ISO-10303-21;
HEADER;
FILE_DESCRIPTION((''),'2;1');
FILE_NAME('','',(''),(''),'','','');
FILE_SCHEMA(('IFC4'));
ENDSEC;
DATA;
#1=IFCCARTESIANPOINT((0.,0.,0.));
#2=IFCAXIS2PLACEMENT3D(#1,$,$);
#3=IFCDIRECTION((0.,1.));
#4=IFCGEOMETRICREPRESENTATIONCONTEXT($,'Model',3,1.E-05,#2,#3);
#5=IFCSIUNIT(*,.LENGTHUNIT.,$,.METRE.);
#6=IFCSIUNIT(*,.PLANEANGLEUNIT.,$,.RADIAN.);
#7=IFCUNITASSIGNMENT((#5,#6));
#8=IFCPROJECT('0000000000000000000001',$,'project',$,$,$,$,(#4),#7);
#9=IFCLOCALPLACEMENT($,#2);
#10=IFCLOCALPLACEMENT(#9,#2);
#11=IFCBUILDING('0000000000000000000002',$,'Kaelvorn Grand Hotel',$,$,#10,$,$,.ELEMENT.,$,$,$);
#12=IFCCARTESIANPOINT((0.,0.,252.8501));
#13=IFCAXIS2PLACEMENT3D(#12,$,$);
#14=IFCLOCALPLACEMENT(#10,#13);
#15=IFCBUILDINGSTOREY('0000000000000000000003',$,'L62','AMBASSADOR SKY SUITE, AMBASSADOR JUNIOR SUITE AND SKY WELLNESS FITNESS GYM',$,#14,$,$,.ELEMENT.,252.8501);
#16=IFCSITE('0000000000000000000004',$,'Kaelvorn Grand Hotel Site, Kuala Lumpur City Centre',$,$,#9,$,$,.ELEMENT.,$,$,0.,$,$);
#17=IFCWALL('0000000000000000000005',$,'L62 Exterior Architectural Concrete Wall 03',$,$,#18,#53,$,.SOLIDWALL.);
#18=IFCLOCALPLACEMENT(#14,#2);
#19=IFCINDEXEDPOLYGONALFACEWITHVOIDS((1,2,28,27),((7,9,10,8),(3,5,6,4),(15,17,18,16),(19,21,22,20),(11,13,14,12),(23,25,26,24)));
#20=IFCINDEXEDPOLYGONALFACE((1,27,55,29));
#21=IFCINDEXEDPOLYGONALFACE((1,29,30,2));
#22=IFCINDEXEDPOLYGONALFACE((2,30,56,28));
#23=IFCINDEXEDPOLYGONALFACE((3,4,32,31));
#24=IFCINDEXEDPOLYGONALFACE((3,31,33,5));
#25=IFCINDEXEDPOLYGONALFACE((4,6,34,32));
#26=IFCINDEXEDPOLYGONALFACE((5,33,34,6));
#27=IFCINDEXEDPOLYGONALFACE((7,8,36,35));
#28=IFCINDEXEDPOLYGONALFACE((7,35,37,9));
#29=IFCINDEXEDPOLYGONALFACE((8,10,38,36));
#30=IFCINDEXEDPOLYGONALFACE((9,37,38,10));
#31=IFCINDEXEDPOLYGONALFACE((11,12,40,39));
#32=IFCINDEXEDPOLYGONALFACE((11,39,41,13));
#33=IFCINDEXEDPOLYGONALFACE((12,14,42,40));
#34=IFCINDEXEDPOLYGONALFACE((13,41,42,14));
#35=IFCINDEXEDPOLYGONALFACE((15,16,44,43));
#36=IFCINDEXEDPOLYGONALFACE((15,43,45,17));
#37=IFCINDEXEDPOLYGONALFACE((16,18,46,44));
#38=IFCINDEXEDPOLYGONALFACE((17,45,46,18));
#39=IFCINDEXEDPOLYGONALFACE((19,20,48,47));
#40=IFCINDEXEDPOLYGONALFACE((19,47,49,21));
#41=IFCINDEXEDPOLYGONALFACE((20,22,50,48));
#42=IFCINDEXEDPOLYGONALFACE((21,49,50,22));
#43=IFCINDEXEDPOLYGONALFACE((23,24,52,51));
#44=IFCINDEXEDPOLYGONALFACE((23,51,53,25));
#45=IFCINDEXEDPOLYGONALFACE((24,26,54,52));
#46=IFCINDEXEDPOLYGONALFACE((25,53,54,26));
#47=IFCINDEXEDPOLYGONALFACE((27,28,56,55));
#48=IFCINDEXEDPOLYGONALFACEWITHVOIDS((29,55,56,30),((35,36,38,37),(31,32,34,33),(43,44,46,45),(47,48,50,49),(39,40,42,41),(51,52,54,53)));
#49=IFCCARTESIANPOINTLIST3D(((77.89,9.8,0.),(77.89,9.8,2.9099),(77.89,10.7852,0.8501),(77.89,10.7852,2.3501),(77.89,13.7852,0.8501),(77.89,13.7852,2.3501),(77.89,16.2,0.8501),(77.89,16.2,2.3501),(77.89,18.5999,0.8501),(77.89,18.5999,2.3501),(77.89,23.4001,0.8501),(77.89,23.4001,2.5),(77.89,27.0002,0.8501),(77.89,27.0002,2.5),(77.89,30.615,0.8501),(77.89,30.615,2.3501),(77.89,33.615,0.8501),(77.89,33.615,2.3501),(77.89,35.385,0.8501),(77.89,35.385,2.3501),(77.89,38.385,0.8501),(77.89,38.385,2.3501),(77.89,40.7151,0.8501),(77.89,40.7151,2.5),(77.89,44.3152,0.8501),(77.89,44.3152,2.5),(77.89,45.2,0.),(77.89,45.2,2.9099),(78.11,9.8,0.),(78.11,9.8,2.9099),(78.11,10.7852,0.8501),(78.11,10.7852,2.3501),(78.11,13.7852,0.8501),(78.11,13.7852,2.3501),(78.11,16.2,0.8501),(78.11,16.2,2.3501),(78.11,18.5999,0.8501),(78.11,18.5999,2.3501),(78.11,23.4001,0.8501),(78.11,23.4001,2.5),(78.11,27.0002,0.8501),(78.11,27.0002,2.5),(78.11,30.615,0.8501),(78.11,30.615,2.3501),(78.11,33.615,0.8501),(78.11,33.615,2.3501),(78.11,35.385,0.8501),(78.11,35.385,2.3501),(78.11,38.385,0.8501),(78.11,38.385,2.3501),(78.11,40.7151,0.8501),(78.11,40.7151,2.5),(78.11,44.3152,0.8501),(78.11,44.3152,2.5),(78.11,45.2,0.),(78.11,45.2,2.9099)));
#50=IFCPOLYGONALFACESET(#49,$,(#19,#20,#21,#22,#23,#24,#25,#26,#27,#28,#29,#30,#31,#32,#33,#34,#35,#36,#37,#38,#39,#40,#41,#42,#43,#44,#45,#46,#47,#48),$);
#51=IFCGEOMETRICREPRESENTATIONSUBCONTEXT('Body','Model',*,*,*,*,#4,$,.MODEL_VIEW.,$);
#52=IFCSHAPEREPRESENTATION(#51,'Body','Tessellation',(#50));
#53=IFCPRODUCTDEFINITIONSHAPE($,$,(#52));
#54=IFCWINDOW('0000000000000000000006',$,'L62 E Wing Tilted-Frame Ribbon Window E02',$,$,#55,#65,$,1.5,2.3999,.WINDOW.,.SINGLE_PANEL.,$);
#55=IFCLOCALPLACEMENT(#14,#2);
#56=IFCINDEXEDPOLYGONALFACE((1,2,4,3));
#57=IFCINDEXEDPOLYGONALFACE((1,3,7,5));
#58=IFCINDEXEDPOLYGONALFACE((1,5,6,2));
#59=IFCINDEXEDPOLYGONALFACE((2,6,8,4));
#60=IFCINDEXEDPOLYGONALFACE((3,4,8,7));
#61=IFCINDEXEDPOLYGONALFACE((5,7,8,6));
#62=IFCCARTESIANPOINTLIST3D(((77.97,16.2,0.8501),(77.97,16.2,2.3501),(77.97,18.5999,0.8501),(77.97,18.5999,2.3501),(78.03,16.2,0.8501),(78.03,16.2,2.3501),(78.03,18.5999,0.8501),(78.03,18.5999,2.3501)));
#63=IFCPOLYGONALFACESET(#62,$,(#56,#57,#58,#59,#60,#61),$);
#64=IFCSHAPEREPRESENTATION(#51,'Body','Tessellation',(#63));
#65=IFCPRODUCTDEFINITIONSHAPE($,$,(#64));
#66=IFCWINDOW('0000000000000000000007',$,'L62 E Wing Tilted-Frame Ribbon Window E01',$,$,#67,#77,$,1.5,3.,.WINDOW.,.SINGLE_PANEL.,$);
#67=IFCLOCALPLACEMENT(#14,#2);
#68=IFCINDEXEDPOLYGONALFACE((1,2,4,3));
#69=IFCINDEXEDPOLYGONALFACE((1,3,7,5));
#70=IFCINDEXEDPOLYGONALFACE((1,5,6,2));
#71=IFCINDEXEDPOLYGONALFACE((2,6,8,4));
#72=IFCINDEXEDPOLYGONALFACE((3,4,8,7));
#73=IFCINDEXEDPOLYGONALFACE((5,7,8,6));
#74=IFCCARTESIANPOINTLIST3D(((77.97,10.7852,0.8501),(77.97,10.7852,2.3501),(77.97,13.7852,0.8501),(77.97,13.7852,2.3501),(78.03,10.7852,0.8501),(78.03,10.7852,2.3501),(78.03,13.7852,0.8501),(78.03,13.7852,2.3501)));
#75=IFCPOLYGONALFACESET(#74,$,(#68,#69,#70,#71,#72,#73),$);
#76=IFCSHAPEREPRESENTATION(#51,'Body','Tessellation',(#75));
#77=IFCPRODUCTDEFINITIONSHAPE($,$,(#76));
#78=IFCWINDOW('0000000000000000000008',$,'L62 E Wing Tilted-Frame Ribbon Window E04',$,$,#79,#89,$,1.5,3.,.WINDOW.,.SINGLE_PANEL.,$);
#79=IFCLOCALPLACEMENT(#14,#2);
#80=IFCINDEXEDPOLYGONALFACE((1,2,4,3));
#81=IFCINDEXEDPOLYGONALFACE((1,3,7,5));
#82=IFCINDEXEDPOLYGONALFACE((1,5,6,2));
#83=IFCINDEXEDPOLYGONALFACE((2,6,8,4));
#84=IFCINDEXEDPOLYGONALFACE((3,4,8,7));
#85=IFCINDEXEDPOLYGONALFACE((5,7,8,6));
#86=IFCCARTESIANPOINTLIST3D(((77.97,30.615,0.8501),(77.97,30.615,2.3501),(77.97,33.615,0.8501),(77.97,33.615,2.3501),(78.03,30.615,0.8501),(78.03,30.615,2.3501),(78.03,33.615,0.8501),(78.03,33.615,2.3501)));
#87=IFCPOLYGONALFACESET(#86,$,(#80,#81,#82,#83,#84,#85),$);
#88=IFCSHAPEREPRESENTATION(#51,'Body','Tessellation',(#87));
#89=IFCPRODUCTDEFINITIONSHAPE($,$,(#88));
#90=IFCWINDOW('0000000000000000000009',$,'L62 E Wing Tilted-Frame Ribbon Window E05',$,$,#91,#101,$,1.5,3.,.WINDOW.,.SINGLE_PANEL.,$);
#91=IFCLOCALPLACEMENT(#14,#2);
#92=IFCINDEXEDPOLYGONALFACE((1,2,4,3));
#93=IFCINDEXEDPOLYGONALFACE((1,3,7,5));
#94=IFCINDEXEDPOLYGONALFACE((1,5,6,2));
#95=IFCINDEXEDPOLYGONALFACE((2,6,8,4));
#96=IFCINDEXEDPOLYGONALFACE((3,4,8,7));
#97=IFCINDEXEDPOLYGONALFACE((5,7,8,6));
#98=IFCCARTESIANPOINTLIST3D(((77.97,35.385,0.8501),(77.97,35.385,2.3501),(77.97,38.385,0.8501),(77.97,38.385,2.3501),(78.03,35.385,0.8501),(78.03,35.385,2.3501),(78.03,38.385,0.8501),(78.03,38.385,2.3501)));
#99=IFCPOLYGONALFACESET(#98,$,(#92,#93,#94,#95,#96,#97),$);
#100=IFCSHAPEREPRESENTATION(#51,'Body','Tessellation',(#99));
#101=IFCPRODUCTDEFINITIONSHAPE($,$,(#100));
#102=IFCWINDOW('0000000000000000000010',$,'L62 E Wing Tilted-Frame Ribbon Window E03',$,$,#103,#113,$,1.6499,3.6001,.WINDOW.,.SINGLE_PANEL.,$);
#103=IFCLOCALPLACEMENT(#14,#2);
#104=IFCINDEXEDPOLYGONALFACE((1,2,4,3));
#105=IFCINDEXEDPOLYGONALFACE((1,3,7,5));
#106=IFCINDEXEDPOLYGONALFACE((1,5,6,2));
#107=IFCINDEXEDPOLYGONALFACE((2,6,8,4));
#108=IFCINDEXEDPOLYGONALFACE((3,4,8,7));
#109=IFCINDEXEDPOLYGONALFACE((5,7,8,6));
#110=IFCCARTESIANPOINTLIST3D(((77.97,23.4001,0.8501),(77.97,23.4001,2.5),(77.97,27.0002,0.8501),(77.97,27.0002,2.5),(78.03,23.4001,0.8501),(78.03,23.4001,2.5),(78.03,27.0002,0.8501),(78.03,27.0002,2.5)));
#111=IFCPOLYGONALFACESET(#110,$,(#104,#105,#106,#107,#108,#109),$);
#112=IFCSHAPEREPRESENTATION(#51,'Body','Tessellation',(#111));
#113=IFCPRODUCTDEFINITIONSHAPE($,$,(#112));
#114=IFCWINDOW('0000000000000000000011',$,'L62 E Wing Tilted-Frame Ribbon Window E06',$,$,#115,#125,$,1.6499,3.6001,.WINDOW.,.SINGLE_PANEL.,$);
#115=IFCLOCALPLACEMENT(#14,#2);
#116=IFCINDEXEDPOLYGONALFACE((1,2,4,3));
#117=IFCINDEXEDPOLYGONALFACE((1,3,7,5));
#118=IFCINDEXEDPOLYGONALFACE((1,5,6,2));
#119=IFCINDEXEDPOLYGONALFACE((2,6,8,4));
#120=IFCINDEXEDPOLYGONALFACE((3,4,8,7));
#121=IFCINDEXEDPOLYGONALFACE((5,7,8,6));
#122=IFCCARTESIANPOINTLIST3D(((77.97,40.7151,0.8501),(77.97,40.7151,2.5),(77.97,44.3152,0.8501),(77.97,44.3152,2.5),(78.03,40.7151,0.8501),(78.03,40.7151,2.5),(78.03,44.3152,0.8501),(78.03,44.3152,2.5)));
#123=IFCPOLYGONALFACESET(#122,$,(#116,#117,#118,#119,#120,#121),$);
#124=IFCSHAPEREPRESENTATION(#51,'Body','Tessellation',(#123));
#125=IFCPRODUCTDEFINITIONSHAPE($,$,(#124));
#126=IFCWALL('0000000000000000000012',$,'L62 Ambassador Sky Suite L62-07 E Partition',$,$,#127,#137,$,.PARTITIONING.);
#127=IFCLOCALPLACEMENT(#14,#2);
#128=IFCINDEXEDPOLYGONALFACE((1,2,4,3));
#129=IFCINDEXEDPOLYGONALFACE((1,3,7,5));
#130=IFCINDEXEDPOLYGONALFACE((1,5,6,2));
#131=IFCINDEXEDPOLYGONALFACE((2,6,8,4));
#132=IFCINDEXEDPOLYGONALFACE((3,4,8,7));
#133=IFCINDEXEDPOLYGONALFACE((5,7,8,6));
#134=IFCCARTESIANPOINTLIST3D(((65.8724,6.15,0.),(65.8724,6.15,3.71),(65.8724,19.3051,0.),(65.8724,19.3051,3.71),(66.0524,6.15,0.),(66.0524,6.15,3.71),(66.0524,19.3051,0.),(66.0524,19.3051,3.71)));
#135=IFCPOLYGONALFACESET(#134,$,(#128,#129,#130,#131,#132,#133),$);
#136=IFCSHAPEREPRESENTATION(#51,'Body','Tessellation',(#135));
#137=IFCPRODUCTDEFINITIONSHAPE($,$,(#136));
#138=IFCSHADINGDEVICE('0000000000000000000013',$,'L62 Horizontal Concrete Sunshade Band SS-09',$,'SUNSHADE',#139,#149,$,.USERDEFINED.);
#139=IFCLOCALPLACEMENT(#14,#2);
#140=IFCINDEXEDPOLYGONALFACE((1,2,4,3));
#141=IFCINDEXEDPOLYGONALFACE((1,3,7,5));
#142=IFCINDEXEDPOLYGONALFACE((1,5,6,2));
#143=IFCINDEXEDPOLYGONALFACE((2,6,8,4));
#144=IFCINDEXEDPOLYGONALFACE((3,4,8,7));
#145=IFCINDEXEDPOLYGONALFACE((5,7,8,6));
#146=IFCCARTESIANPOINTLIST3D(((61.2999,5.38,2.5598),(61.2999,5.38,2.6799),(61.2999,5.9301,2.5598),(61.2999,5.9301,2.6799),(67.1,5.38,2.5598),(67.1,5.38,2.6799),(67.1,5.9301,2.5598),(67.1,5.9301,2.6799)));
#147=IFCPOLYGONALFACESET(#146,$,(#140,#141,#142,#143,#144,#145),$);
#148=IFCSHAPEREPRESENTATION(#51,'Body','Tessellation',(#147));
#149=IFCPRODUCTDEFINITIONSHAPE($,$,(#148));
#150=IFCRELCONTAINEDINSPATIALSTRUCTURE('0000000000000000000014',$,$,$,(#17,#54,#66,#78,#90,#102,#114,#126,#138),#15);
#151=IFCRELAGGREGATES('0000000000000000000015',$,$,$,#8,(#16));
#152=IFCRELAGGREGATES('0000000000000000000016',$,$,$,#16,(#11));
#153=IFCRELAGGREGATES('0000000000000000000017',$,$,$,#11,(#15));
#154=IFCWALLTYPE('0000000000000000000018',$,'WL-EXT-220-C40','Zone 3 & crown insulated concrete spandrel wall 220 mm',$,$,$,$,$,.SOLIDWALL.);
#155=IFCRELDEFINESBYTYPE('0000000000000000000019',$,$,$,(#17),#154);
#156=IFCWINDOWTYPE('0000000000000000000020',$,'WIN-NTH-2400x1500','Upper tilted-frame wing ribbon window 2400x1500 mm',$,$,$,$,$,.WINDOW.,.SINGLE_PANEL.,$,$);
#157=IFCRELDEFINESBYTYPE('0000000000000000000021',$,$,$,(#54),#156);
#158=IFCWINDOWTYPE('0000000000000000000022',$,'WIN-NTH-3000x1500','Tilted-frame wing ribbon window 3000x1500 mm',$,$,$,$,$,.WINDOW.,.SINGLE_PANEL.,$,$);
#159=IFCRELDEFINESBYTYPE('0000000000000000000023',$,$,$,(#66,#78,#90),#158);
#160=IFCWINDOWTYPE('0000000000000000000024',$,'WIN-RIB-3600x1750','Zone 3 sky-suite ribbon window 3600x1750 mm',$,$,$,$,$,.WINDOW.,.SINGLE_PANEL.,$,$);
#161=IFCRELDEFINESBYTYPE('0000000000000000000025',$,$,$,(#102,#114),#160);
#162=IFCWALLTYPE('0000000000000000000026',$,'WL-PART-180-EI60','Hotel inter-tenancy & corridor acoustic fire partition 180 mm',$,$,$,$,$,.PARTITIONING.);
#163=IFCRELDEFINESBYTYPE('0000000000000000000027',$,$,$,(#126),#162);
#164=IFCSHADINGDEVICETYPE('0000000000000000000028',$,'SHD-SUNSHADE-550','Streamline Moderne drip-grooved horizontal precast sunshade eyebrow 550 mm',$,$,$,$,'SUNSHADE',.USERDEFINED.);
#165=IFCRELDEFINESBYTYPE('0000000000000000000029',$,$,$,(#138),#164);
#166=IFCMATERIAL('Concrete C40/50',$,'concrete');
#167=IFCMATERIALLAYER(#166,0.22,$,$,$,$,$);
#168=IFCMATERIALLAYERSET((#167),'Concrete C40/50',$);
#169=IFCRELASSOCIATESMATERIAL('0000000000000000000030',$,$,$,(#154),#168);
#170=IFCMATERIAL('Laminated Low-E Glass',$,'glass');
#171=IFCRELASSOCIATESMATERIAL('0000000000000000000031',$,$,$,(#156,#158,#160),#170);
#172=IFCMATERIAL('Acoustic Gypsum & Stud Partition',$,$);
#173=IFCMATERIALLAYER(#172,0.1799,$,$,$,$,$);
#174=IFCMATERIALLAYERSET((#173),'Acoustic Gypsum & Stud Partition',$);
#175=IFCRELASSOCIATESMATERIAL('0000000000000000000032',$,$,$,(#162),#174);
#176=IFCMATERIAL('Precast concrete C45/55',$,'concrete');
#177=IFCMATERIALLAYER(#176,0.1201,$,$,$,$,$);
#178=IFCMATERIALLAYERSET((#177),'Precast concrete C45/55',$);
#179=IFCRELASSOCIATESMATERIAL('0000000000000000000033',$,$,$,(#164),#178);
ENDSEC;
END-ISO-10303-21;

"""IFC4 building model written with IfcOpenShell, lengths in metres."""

from ifc_helpers import new_model, si_unit, direction, frame, frame_2d, origin, origin_2d, place, context, subcontext, project, spatial, rectangle, extrude, material, layer, layer_set, type_object, element, fill, save


model = new_model("IFC4")

# Units and contexts
model_context = context("Model", 3, precision=1e-05, world=origin(), true_north=direction((0.0, 1.0)))
body_context = subcontext(model_context, "Body", "Model", "MODEL_VIEW")
ifc_project = project(units=[si_unit("LENGTHUNIT", "METRE"), si_unit("PLANEANGLEUNIT", "RADIAN")], contexts=[model_context])

# Site, building, storey
site_placement = place(None, origin())
site = spatial("IfcSite", under=ifc_project, at=site_placement, Name="Kaelvorn Grand Hotel Site, Kuala Lumpur City Centre", CompositionType="ELEMENT", RefElevation=0.0)
building_placement = place(site_placement, origin())
building = spatial("IfcBuilding", under=site, at=building_placement, Name="Kaelvorn Grand Hotel", CompositionType="ELEMENT")
storey_placement = place(building_placement, frame((0.0, 0.0, 252.8501)))
storey = spatial("IfcBuildingStorey", under=building, at=storey_placement, Name="L62", Description="AMBASSADOR SKY SUITE, AMBASSADOR JUNIOR SUITE AND SKY WELLNESS FITNESS GYM", CompositionType="ELEMENT", Elevation=252.8501)

# Shared definitions
ifc_material_1 = material(Name="Precast concrete C45/55", Category="concrete")

# Shared definitions
ifc_material_2 = material(Name="Concrete C40/50", Category="concrete")
ifc_layer_1 = layer(ifc_material_2, 0.22)
ifc_layer_set_1 = layer_set([ifc_layer_1], Name="Concrete C40/50")
wall_type_1 = type_object("IfcWallType", Name="WL-EXT-220-C40", Description="Zone 3 & crown insulated concrete spandrel wall 220 mm", PredefinedType="SOLIDWALL", material=ifc_layer_set_1)
ifc_material_3 = material(Name="Laminated Low-E Glass", Category="glass")

# Wall, openings, windows
wall_1_placement = place(storey_placement, frame((78.0, 9.8, 0.0), z_axis=(0.0, 0.0, 1.0), x_axis=(0.0, 1.0, 0.0)))
wall_1 = element("IfcWall", 1, at=wall_1_placement, inside=storey, type_object=wall_type_1, Name="L62 Exterior Architectural Concrete Wall 03", PredefinedType="SOLIDWALL", context=body_context, shape_type="SweptSolid", body=[
    extrude(rectangle(XDim=35.3999, YDim=0.22, at=frame_2d((17.7, 0.0))), origin(), (0.0, 0.0, 1.0), 2.9099),
])
opening_1_placement = place(wall_1_placement, frame((0.9851, 0.0, 0.8501)))
opening_1 = element("IfcOpeningElement", 2, at=opening_1_placement, cuts=wall_1, PredefinedType="OPENING", context=body_context, shape_type="SweptSolid", body=[
    extrude(rectangle(XDim=3.0, YDim=1.5, at=frame_2d((1.5, 0.75))), frame((0.0, 0.1201, 0.0), z_axis=(0.0, -1.0, 0.0), x_axis=(1.0, 0.0, 0.0)), (0.0, 0.0, 1.0), 0.24),
])
opening_2_placement = place(wall_1_placement, frame((6.3999, 0.0, 0.8501)))
opening_2 = element("IfcOpeningElement", 3, at=opening_2_placement, cuts=wall_1, PredefinedType="OPENING", context=body_context, shape_type="SweptSolid", body=[
    extrude(rectangle(XDim=2.3999, YDim=1.5, at=frame_2d((1.2, 0.75))), frame((0.0, 0.1201, 0.0), z_axis=(0.0, -1.0, 0.0), x_axis=(1.0, 0.0, 0.0)), (0.0, 0.0, 1.0), 0.24),
])
opening_3_placement = place(wall_1_placement, frame((13.6001, 0.0, 0.8501)))
opening_3 = element("IfcOpeningElement", 4, at=opening_3_placement, cuts=wall_1, PredefinedType="OPENING", context=body_context, shape_type="SweptSolid", body=[
    extrude(rectangle(XDim=3.6001, YDim=1.6499, at=frame_2d((1.8, 0.825))), frame((0.0, 0.1201, 0.0), z_axis=(0.0, -1.0, 0.0), x_axis=(1.0, 0.0, 0.0)), (0.0, 0.0, 1.0), 0.24),
])
opening_4_placement = place(wall_1_placement, frame((20.8149, 0.0, 0.8501)))
opening_4 = element("IfcOpeningElement", 5, at=opening_4_placement, cuts=wall_1, PredefinedType="OPENING", context=body_context, shape_type="SweptSolid", body=[
    extrude(rectangle(XDim=3.0, YDim=1.5, at=frame_2d((1.5, 0.75))), frame((0.0, 0.1201, 0.0), z_axis=(0.0, -1.0, 0.0), x_axis=(1.0, 0.0, 0.0)), (0.0, 0.0, 1.0), 0.24),
])
opening_5_placement = place(wall_1_placement, frame((25.585, 0.0, 0.8501)))
opening_5 = element("IfcOpeningElement", 6, at=opening_5_placement, cuts=wall_1, PredefinedType="OPENING", context=body_context, shape_type="SweptSolid", body=[
    extrude(rectangle(XDim=3.0, YDim=1.5, at=frame_2d((1.5, 0.75))), frame((0.0, 0.1201, 0.0), z_axis=(0.0, -1.0, 0.0), x_axis=(1.0, 0.0, 0.0)), (0.0, 0.0, 1.0), 0.24),
])
opening_6_placement = place(wall_1_placement, frame((30.915, 0.0, 0.8501)))
opening_6 = element("IfcOpeningElement", 7, at=opening_6_placement, cuts=wall_1, PredefinedType="OPENING", context=body_context, shape_type="SweptSolid", body=[
    extrude(rectangle(XDim=3.6001, YDim=1.6499, at=frame_2d((1.8, 0.825))), frame((0.0, 0.1201, 0.0), z_axis=(0.0, -1.0, 0.0), x_axis=(1.0, 0.0, 0.0)), (0.0, 0.0, 1.0), 0.24),
])
window_type_1 = type_object("IfcWindowType", Name="WIN-NTH-2400x1500", Description="Upper tilted-frame wing ribbon window 2400x1500 mm", PartitioningType="SINGLE_PANEL", PredefinedType="WINDOW", material=ifc_material_3)
window_1_placement = place(opening_2_placement, origin())
window_1 = element("IfcWindow", 8, at=window_1_placement, inside=storey, type_object=window_type_1, Name="L62 E Wing Tilted-Frame Ribbon Window E02", OverallHeight=1.5, OverallWidth=2.3999, PartitioningType="SINGLE_PANEL", PredefinedType="WINDOW", context=body_context, shape_type="SweptSolid", body=[
    extrude(rectangle(XDim=2.3999, YDim=1.5, at=frame_2d((1.2, 0.75))), frame((0.0, 0.03, 0.0), z_axis=(0.0, -1.0, 0.0), x_axis=(1.0, 0.0, 0.0)), (0.0, 0.0, 1.0), 0.0601),
])
fill(opening_2, window_1)
window_type_2 = type_object("IfcWindowType", Name="WIN-NTH-3000x1500", Description="Tilted-frame wing ribbon window 3000x1500 mm", PartitioningType="SINGLE_PANEL", PredefinedType="WINDOW", material=ifc_material_3)
window_2_placement = place(opening_1_placement, origin())
window_2 = element("IfcWindow", 9, at=window_2_placement, inside=storey, type_object=window_type_2, Name="L62 E Wing Tilted-Frame Ribbon Window E01", OverallHeight=1.5, OverallWidth=3.0, PartitioningType="SINGLE_PANEL", PredefinedType="WINDOW", context=body_context, shape_type="SweptSolid", body=[
    extrude(rectangle(XDim=3.0, YDim=1.5, at=frame_2d((1.5, 0.75))), frame((0.0, 0.03, 0.0), z_axis=(0.0, -1.0, 0.0), x_axis=(1.0, 0.0, 0.0)), (0.0, 0.0, 1.0), 0.0601),
])
fill(opening_1, window_2)
window_3_placement = place(opening_4_placement, origin())
window_3 = element("IfcWindow", 10, at=window_3_placement, inside=storey, type_object=window_type_2, Name="L62 E Wing Tilted-Frame Ribbon Window E04", OverallHeight=1.5, OverallWidth=3.0, PartitioningType="SINGLE_PANEL", PredefinedType="WINDOW", context=body_context, shape_type="SweptSolid", body=[
    extrude(rectangle(XDim=3.0, YDim=1.5, at=frame_2d((1.5, 0.75))), frame((0.0, 0.03, 0.0), z_axis=(0.0, -1.0, 0.0), x_axis=(1.0, 0.0, 0.0)), (0.0, 0.0, 1.0), 0.0601),
])
fill(opening_4, window_3)
window_4_placement = place(opening_5_placement, origin())
window_4 = element("IfcWindow", 11, at=window_4_placement, inside=storey, type_object=window_type_2, Name="L62 E Wing Tilted-Frame Ribbon Window E05", OverallHeight=1.5, OverallWidth=3.0, PartitioningType="SINGLE_PANEL", PredefinedType="WINDOW", context=body_context, shape_type="SweptSolid", body=[
    extrude(rectangle(XDim=3.0, YDim=1.5, at=frame_2d((1.5, 0.75))), frame((0.0, 0.03, 0.0), z_axis=(0.0, -1.0, 0.0), x_axis=(1.0, 0.0, 0.0)), (0.0, 0.0, 1.0), 0.0601),
])
fill(opening_5, window_4)
window_type_3 = type_object("IfcWindowType", Name="WIN-RIB-3600x1750", Description="Zone 3 sky-suite ribbon window 3600x1750 mm", PartitioningType="SINGLE_PANEL", PredefinedType="WINDOW", material=ifc_material_3)
window_5_placement = place(opening_3_placement, origin())
window_5 = element("IfcWindow", 12, at=window_5_placement, inside=storey, type_object=window_type_3, Name="L62 E Wing Tilted-Frame Ribbon Window E03", OverallHeight=1.6499, OverallWidth=3.6001, PartitioningType="SINGLE_PANEL", PredefinedType="WINDOW", context=body_context, shape_type="SweptSolid", body=[
    extrude(rectangle(XDim=3.6001, YDim=1.6499, at=frame_2d((1.8, 0.825))), frame((0.0, 0.03, 0.0), z_axis=(0.0, -1.0, 0.0), x_axis=(1.0, 0.0, 0.0)), (0.0, 0.0, 1.0), 0.0601),
])
fill(opening_3, window_5)
window_6_placement = place(opening_6_placement, origin())
window_6 = element("IfcWindow", 13, at=window_6_placement, inside=storey, type_object=window_type_3, Name="L62 E Wing Tilted-Frame Ribbon Window E06", OverallHeight=1.6499, OverallWidth=3.6001, PartitioningType="SINGLE_PANEL", PredefinedType="WINDOW", context=body_context, shape_type="SweptSolid", body=[
    extrude(rectangle(XDim=3.6001, YDim=1.6499, at=frame_2d((1.8, 0.825))), frame((0.0, 0.03, 0.0), z_axis=(0.0, -1.0, 0.0), x_axis=(1.0, 0.0, 0.0)), (0.0, 0.0, 1.0), 0.0601),
])
fill(opening_6, window_6)

# Wall
ifc_material_4 = material(Name="Acoustic Gypsum & Stud Partition")
ifc_layer_2 = layer(ifc_material_4, 0.1799)
ifc_layer_set_2 = layer_set([ifc_layer_2], Name="Acoustic Gypsum & Stud Partition")
wall_type_2 = type_object("IfcWallType", Name="WL-PART-180-EI60", Description="Hotel inter-tenancy & corridor acoustic fire partition 180 mm", PredefinedType="PARTITIONING", material=ifc_layer_set_2)
wall_2_placement = place(storey_placement, frame((65.9624, 6.1499, 0.0), z_axis=(0.0, 0.0, 1.0), x_axis=(0.0, 1.0, 0.0)))
element("IfcWall", 14, at=wall_2_placement, inside=storey, type_object=wall_type_2, Name="L62 Ambassador Sky Suite L62-07 E Partition", PredefinedType="PARTITIONING", context=body_context, shape_type="SweptSolid", body=[
    extrude(rectangle(XDim=13.155, YDim=0.1799, at=frame_2d((6.5776, 0.0))), origin(), (0.0, 0.0, 1.0), 3.71),
])

# Shading device
ifc_layer_3 = layer(ifc_material_1, 0.1201)
ifc_layer_set_3 = layer_set([ifc_layer_3], Name="Precast concrete C45/55")
shading_device_type = type_object("IfcShadingDeviceType", Name="SHD-SUNSHADE-550", Description="Streamline Moderne drip-grooved horizontal precast sunshade eyebrow 550 mm", ElementType="SUNSHADE", PredefinedType="USERDEFINED", material=ifc_layer_set_3)
shading_device_placement = place(storey_placement, frame((64.2, 5.655, 2.5598), z_axis=(0.0, 0.0, 1.0), x_axis=(1.0, 0.0, 0.0)))
element("IfcShadingDevice", 15, at=shading_device_placement, inside=storey, type_object=shading_device_type, Name="L62 Horizontal Concrete Sunshade Band SS-09", ObjectType="SUNSHADE", PredefinedType="USERDEFINED", context=body_context, shape_type="SweptSolid", body=[
    extrude(rectangle(XDim=5.8, YDim=0.55, at=origin_2d()), origin(), (0.0, 0.0, 1.0), 0.1201),
])

save(model, "model.ifc")
